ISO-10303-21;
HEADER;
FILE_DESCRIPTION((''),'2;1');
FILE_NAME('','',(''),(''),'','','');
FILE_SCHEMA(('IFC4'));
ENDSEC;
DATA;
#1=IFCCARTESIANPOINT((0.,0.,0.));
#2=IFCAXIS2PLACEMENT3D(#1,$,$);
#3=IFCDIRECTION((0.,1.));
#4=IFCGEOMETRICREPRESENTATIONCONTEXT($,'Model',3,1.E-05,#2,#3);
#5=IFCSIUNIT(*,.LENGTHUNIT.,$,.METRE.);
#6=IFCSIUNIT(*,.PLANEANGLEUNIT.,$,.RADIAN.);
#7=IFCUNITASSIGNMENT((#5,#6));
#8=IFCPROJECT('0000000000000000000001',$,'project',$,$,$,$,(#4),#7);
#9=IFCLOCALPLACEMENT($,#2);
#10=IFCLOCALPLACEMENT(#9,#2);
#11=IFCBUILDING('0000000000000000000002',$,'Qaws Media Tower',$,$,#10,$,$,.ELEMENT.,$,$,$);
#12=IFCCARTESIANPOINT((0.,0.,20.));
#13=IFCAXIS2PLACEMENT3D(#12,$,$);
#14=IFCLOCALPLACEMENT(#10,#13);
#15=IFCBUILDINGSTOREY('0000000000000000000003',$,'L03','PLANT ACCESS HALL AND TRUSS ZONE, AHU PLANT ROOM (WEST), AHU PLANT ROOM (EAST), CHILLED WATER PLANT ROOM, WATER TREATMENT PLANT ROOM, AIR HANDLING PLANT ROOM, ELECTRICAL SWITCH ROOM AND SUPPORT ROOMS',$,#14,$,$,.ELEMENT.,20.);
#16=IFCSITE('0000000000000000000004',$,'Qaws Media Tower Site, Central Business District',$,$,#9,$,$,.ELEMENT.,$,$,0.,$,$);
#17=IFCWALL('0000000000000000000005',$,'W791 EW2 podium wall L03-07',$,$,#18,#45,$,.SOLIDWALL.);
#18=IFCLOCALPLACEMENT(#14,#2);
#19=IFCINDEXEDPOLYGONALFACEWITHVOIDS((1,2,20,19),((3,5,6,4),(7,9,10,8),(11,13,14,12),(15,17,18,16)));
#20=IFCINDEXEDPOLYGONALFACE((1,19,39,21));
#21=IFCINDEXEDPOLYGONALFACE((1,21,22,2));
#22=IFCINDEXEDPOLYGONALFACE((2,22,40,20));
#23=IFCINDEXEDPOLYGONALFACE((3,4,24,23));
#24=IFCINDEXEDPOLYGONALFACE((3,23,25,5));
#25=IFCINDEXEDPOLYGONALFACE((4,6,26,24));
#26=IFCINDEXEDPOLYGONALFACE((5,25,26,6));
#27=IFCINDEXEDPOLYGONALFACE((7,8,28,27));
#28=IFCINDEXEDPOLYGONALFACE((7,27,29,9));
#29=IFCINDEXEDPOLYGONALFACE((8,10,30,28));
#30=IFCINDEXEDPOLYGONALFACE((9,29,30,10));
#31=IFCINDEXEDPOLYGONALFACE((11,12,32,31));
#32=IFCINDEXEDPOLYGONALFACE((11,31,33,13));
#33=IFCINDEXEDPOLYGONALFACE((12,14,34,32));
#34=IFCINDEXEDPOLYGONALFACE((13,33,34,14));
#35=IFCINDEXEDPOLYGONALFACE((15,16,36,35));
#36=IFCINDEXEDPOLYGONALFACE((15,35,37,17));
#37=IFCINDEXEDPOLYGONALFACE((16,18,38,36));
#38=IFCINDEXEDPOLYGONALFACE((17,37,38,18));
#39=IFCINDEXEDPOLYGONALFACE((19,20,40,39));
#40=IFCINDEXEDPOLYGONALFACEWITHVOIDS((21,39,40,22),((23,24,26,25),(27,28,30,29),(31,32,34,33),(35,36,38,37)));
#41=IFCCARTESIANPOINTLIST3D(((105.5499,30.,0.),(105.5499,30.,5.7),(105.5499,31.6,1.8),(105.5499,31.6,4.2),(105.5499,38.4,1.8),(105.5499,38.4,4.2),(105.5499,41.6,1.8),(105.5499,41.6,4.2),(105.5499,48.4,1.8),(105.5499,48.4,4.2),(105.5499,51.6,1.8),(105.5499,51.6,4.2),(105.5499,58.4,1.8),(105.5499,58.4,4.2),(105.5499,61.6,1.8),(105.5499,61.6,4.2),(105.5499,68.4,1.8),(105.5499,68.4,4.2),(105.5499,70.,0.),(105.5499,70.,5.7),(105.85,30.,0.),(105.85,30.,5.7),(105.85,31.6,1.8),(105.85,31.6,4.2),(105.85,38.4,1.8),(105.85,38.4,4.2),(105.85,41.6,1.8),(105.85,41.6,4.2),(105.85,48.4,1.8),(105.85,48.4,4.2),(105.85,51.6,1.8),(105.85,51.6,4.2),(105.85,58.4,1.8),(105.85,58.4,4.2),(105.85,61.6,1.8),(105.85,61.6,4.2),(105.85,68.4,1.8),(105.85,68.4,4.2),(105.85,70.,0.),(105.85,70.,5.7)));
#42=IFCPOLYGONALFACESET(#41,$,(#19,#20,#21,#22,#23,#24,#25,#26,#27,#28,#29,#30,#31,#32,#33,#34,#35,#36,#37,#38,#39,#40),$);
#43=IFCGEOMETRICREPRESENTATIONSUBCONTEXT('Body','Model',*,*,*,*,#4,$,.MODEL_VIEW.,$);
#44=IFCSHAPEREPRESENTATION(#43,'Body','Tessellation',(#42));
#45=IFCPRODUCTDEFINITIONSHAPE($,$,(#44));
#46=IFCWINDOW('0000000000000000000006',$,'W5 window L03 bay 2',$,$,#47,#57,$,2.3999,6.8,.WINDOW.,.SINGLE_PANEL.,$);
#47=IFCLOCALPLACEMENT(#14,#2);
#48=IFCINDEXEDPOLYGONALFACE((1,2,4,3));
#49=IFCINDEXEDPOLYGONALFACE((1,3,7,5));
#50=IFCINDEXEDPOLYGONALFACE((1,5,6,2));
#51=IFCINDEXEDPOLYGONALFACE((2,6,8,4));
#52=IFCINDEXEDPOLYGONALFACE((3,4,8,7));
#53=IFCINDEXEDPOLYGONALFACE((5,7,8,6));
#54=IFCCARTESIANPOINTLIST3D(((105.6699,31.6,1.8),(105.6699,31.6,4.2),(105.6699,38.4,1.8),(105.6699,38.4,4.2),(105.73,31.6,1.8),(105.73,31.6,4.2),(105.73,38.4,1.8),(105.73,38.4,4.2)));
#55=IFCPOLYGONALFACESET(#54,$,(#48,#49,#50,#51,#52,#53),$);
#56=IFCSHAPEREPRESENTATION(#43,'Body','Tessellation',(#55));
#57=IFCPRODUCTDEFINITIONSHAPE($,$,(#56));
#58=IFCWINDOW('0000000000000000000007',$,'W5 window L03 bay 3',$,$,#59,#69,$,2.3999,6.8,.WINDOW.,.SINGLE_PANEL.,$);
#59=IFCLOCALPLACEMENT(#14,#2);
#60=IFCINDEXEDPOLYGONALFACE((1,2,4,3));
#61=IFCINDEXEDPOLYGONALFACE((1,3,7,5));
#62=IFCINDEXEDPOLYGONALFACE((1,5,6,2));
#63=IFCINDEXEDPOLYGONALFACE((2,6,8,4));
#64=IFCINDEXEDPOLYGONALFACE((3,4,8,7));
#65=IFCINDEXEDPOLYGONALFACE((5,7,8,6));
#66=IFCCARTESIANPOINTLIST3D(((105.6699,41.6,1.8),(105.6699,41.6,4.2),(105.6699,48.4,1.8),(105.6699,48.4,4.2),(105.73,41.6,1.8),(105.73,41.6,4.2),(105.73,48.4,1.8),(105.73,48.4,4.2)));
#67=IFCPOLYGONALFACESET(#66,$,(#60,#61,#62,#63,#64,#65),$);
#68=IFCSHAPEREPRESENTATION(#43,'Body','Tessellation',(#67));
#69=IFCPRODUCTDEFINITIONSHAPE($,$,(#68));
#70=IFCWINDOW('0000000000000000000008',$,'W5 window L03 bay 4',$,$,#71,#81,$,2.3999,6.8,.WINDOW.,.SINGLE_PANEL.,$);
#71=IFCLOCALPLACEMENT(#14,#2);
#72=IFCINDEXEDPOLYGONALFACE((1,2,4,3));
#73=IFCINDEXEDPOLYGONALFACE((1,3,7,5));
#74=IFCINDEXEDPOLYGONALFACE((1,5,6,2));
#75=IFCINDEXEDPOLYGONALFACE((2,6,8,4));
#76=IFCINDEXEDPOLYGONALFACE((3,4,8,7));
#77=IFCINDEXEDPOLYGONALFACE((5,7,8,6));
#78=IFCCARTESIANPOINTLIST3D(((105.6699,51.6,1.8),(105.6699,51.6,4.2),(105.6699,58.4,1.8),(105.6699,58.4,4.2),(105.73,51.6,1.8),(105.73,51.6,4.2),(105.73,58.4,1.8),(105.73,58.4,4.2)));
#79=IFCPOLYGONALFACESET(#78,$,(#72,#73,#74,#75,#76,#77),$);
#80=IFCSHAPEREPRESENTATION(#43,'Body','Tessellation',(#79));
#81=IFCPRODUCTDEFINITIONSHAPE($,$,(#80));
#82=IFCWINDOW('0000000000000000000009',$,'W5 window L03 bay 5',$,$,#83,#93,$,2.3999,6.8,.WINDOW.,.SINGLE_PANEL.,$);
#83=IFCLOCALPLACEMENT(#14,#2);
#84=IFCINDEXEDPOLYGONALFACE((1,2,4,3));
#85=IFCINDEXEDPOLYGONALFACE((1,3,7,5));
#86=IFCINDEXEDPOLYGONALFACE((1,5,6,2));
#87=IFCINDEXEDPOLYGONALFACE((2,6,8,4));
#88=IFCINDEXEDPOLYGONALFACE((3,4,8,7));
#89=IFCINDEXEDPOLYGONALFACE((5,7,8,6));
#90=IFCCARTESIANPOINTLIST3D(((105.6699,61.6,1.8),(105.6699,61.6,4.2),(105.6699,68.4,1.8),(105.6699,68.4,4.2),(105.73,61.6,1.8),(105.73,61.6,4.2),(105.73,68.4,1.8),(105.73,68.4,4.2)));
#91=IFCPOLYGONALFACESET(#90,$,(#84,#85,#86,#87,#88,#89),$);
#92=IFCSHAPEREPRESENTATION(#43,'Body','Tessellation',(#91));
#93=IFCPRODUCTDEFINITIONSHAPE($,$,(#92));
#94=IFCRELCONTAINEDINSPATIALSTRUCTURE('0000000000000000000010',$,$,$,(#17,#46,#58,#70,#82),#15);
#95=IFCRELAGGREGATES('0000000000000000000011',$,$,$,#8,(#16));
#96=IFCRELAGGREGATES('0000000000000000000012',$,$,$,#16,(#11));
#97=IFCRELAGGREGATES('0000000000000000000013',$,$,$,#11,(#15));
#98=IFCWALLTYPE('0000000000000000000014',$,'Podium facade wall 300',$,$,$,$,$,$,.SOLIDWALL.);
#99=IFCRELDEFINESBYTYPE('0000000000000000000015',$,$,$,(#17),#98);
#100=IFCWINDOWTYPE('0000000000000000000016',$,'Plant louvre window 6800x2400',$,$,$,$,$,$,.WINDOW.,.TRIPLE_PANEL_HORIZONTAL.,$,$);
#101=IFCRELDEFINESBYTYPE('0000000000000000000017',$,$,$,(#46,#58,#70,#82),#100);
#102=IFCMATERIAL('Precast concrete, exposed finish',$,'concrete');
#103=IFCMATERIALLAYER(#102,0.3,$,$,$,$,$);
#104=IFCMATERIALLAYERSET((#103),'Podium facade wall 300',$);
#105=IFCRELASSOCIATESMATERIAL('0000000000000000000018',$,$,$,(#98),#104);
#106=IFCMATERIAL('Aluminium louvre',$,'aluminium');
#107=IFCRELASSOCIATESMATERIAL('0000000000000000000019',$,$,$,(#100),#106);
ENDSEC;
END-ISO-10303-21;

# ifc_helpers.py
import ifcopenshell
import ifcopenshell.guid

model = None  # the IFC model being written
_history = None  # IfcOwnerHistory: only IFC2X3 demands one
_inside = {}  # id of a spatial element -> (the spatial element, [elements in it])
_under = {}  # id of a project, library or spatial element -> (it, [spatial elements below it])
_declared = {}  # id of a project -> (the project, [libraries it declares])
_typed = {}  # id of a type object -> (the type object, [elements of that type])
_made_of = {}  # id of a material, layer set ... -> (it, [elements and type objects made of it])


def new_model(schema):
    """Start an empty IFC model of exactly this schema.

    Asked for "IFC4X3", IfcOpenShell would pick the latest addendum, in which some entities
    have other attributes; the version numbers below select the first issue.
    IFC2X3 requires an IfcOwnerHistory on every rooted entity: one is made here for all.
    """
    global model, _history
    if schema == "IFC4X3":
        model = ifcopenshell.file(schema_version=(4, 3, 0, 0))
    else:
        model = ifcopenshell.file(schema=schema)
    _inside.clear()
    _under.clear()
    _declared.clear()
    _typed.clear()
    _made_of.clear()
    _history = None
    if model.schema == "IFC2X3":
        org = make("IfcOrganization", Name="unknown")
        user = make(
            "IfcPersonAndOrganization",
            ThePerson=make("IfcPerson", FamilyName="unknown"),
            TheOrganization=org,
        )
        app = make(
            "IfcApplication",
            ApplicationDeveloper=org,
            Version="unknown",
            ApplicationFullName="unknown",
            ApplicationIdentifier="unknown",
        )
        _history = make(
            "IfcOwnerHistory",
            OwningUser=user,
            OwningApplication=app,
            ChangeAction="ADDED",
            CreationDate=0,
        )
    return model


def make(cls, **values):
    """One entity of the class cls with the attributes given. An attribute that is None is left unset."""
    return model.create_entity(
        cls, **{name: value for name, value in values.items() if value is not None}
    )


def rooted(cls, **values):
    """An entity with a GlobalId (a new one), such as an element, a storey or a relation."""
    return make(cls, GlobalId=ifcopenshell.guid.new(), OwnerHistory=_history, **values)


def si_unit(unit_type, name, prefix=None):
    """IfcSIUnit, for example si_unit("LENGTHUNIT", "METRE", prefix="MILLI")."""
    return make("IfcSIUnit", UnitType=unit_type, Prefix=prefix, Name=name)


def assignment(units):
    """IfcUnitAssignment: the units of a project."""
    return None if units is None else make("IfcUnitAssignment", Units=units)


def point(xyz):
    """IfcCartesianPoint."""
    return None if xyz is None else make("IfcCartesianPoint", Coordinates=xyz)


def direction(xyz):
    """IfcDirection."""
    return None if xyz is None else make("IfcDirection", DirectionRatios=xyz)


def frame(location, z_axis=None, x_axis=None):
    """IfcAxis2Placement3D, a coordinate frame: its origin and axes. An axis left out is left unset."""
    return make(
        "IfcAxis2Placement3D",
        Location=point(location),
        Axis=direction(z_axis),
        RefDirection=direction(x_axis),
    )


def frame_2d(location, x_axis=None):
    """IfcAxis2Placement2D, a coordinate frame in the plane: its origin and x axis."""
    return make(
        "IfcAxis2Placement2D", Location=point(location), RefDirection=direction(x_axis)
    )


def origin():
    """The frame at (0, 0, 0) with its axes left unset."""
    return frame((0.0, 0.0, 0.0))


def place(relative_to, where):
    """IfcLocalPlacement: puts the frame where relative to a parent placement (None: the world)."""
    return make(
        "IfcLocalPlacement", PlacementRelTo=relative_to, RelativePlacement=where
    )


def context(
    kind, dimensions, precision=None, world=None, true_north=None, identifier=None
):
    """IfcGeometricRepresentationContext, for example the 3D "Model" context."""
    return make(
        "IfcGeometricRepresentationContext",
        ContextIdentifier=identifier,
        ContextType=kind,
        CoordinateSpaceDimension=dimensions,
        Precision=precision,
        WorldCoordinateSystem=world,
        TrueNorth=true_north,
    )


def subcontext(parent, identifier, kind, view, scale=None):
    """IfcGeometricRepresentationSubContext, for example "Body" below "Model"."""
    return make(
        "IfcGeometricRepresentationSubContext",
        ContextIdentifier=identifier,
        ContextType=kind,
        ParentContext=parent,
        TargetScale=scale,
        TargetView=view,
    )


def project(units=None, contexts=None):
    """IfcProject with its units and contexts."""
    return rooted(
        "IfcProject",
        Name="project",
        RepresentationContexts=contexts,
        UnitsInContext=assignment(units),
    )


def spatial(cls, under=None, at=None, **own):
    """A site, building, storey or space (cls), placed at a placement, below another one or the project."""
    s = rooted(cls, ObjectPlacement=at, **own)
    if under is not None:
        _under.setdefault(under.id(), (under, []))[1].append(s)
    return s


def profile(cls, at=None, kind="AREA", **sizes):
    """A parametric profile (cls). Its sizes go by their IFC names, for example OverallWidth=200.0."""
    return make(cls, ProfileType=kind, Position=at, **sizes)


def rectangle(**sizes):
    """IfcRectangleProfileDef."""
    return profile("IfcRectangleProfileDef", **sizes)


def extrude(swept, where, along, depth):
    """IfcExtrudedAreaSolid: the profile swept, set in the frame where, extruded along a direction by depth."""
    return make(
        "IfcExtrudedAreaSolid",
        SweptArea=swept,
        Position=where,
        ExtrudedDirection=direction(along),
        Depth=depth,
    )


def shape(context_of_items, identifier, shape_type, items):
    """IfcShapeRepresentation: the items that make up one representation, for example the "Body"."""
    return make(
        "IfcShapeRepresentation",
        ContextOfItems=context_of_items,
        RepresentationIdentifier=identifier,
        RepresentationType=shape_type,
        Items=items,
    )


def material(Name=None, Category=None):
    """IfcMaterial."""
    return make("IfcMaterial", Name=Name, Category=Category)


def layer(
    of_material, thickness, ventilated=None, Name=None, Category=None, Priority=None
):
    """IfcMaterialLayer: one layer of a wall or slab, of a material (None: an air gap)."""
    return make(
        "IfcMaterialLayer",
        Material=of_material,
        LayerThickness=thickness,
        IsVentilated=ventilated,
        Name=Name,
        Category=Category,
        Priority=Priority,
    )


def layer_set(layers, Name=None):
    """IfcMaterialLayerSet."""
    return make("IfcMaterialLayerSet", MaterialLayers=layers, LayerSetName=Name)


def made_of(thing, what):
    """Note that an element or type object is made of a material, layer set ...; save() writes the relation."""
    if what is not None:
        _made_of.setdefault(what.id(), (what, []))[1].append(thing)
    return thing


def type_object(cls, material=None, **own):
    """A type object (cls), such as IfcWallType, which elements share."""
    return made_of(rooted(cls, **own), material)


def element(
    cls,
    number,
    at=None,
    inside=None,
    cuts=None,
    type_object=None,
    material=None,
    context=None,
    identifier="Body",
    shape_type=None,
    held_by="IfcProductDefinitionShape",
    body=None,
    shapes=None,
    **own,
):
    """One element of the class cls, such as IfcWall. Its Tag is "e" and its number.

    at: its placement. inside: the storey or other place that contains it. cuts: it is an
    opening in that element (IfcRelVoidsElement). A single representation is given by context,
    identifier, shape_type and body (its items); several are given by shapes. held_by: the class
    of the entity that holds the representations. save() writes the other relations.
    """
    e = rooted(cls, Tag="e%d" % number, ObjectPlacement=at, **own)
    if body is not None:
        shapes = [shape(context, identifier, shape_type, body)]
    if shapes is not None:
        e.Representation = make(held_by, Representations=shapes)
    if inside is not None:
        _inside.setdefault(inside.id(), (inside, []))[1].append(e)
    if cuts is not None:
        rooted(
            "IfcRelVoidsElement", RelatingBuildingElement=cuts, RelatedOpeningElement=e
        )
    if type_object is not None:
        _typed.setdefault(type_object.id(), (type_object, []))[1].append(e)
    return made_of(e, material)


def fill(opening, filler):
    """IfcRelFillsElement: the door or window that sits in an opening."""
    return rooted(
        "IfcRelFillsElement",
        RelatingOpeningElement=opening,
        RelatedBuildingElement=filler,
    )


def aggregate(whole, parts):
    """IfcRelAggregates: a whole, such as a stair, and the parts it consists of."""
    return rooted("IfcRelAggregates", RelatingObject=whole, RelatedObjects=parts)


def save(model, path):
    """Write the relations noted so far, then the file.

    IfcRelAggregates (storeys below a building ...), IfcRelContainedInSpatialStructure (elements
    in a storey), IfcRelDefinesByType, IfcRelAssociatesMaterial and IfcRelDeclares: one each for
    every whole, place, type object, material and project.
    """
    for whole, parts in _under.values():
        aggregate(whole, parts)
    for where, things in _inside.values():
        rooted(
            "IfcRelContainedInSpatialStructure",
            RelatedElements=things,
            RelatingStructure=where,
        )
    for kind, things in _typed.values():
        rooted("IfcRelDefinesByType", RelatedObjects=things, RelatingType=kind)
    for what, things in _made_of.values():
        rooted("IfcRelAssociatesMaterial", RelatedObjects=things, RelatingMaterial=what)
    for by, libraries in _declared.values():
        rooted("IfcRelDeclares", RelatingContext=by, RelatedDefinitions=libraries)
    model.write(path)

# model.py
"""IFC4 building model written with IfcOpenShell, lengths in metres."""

from ifc_helpers import new_model, si_unit, direction, frame, frame_2d, origin, place, context, subcontext, project, spatial, rectangle, extrude, material, layer, layer_set, type_object, element, fill, save


model = new_model("IFC4")

# Units and contexts
model_context = context("Model", 3, precision=1e-05, world=origin(), true_north=direction((0.0, 1.0)))
body_context = subcontext(model_context, "Body", "Model", "MODEL_VIEW")
ifc_project = project(units=[si_unit("LENGTHUNIT", "METRE"), si_unit("PLANEANGLEUNIT", "RADIAN")], contexts=[model_context])

# Site, building, storey
site_placement = place(None, origin())
site = spatial("IfcSite", under=ifc_project, at=site_placement, Name="Qaws Media Tower Site, Central Business District", CompositionType="ELEMENT", RefElevation=0.0)
building_placement = place(site_placement, origin())
building = spatial("IfcBuilding", under=site, at=building_placement, Name="Qaws Media Tower", CompositionType="ELEMENT")
storey_placement = place(building_placement, frame((0.0, 0.0, 20.0)))
storey = spatial("IfcBuildingStorey", under=building, at=storey_placement, Name="L03", Description="PLANT ACCESS HALL AND TRUSS ZONE, AHU PLANT ROOM (WEST), AHU PLANT ROOM (EAST), CHILLED WATER PLANT ROOM, WATER TREATMENT PLANT ROOM, AIR HANDLING PLANT ROOM, ELECTRICAL SWITCH ROOM AND SUPPORT ROOMS", CompositionType="ELEMENT", Elevation=20.0)

# Wall, openings, windows
ifc_material_1 = material(Name="Precast concrete, exposed finish", Category="concrete")
ifc_layer_1 = layer(ifc_material_1, 0.3)
ifc_layer_set_1 = layer_set([ifc_layer_1], Name="Podium facade wall 300")
wall_type_1 = type_object("IfcWallType", Name="Podium facade wall 300", PredefinedType="SOLIDWALL", material=ifc_layer_set_1)
wall_1_placement = place(storey_placement, frame((105.7, 30.0, 0.0), z_axis=(0.0, 0.0, 1.0), x_axis=(0.0, 1.0, 0.0)))
wall_1 = element("IfcWall", 1, at=wall_1_placement, inside=storey, type_object=wall_type_1, Name="W791 EW2 podium wall L03-07", PredefinedType="SOLIDWALL", context=body_context, shape_type="SweptSolid", body=[
    extrude(rectangle(XDim=40.0, YDim=0.3, at=frame_2d((20.0, 0.0))), origin(), (0.0, 0.0, 1.0), 5.7),
])
opening_1_placement = place(wall_1_placement, frame((1.6001, 0.0, 1.8)))
opening_1 = element("IfcOpeningElement", 2, at=opening_1_placement, cuts=wall_1, PredefinedType="OPENING", context=body_context, shape_type="SweptSolid", body=[
    extrude(rectangle(XDim=6.8, YDim=2.3999, at=frame_2d((3.3999, 1.2))), frame((0.0, 0.1599, 0.0), z_axis=(0.0, -1.0, 0.0), x_axis=(1.0, 0.0, 0.0)), (0.0, 0.0, 1.0), 0.3201),
])
opening_2_placement = place(wall_1_placement, frame((11.6001, 0.0, 1.8)))
opening_2 = element("IfcOpeningElement", 3, at=opening_2_placement, cuts=wall_1, PredefinedType="OPENING", context=body_context, shape_type="SweptSolid", body=[
    extrude(rectangle(XDim=6.8, YDim=2.3999, at=frame_2d((3.3999, 1.2))), frame((0.0, 0.1599, 0.0), z_axis=(0.0, -1.0, 0.0), x_axis=(1.0, 0.0, 0.0)), (0.0, 0.0, 1.0), 0.3201),
])
opening_3_placement = place(wall_1_placement, frame((21.6001, 0.0, 1.8)))
opening_3 = element("IfcOpeningElement", 4, at=opening_3_placement, cuts=wall_1, PredefinedType="OPENING", context=body_context, shape_type="SweptSolid", body=[
    extrude(rectangle(XDim=6.8, YDim=2.3999, at=frame_2d((3.3999, 1.2))), frame((0.0, 0.1599, 0.0), z_axis=(0.0, -1.0, 0.0), x_axis=(1.0, 0.0, 0.0)), (0.0, 0.0, 1.0), 0.3201),
])
opening_4_placement = place(wall_1_placement, frame((31.6001, 0.0, 1.8)))
opening_4 = element("IfcOpeningElement", 5, at=opening_4_placement, cuts=wall_1, PredefinedType="OPENING", context=body_context, shape_type="SweptSolid", body=[
    extrude(rectangle(XDim=6.8, YDim=2.3999, at=frame_2d((3.3999, 1.2))), frame((0.0, 0.1599, 0.0), z_axis=(0.0, -1.0, 0.0), x_axis=(1.0, 0.0, 0.0)), (0.0, 0.0, 1.0), 0.3201),
])
ifc_material_2 = material(Name="Aluminium louvre", Category="aluminium")
window_type = type_object("IfcWindowType", Name="Plant louvre window 6800x2400", PartitioningType="TRIPLE_PANEL_HORIZONTAL", PredefinedType="WINDOW", material=ifc_material_2)
window_1_placement = place(opening_1_placement, origin())
window_1 = element("IfcWindow", 6, at=window_1_placement, inside=storey, type_object=window_type, Name="W5 window L03 bay 2", OverallHeight=2.3999, OverallWidth=6.8, PartitioningType="SINGLE_PANEL", PredefinedType="WINDOW", context=body_context, shape_type="SweptSolid", body=[
    extrude(rectangle(XDim=6.8, YDim=2.3999, at=frame_2d((3.3999, 1.2))), frame((0.0, 0.03, 0.0), z_axis=(0.0, -1.0, 0.0), x_axis=(1.0, 0.0, 0.0)), (0.0, 0.0, 1.0), 0.0601),
])
fill(opening_1, window_1)
window_2_placement = place(opening_2_placement, origin())
window_2 = element("IfcWindow", 7, at=window_2_placement, inside=storey, type_object=window_type, Name="W5 window L03 bay 3", OverallHeight=2.3999, OverallWidth=6.8, PartitioningType="SINGLE_PANEL", PredefinedType="WINDOW", context=body_context, shape_type="SweptSolid", body=[
    extrude(rectangle(XDim=6.8, YDim=2.3999, at=frame_2d((3.3999, 1.2))), frame((0.0, 0.03, 0.0), z_axis=(0.0, -1.0, 0.0), x_axis=(1.0, 0.0, 0.0)), (0.0, 0.0, 1.0), 0.0601),
])
fill(opening_2, window_2)
window_3_placement = place(opening_3_placement, origin())
window_3 = element("IfcWindow", 8, at=window_3_placement, inside=storey, type_object=window_type, Name="W5 window L03 bay 4", OverallHeight=2.3999, OverallWidth=6.8, PartitioningType="SINGLE_PANEL", PredefinedType="WINDOW", context=body_context, shape_type="SweptSolid", body=[
    extrude(rectangle(XDim=6.8, YDim=2.3999, at=frame_2d((3.3999, 1.2))), frame((0.0, 0.03, 0.0), z_axis=(0.0, -1.0, 0.0), x_axis=(1.0, 0.0, 0.0)), (0.0, 0.0, 1.0), 0.0601),
])
fill(opening_3, window_3)
window_4_placement = place(opening_4_placement, origin())
window_4 = element("IfcWindow", 9, at=window_4_placement, inside=storey, type_object=window_type, Name="W5 window L03 bay 5", OverallHeight=2.3999, OverallWidth=6.8, PartitioningType="SINGLE_PANEL", PredefinedType="WINDOW", context=body_context, shape_type="SweptSolid", body=[
    extrude(rectangle(XDim=6.8, YDim=2.3999, at=frame_2d((3.3999, 1.2))), frame((0.0, 0.03, 0.0), z_axis=(0.0, -1.0, 0.0), x_axis=(1.0, 0.0, 0.0)), (0.0, 0.0, 1.0), 0.0601),
])
fill(opening_4, window_4)

save(model, "model.ifc")
